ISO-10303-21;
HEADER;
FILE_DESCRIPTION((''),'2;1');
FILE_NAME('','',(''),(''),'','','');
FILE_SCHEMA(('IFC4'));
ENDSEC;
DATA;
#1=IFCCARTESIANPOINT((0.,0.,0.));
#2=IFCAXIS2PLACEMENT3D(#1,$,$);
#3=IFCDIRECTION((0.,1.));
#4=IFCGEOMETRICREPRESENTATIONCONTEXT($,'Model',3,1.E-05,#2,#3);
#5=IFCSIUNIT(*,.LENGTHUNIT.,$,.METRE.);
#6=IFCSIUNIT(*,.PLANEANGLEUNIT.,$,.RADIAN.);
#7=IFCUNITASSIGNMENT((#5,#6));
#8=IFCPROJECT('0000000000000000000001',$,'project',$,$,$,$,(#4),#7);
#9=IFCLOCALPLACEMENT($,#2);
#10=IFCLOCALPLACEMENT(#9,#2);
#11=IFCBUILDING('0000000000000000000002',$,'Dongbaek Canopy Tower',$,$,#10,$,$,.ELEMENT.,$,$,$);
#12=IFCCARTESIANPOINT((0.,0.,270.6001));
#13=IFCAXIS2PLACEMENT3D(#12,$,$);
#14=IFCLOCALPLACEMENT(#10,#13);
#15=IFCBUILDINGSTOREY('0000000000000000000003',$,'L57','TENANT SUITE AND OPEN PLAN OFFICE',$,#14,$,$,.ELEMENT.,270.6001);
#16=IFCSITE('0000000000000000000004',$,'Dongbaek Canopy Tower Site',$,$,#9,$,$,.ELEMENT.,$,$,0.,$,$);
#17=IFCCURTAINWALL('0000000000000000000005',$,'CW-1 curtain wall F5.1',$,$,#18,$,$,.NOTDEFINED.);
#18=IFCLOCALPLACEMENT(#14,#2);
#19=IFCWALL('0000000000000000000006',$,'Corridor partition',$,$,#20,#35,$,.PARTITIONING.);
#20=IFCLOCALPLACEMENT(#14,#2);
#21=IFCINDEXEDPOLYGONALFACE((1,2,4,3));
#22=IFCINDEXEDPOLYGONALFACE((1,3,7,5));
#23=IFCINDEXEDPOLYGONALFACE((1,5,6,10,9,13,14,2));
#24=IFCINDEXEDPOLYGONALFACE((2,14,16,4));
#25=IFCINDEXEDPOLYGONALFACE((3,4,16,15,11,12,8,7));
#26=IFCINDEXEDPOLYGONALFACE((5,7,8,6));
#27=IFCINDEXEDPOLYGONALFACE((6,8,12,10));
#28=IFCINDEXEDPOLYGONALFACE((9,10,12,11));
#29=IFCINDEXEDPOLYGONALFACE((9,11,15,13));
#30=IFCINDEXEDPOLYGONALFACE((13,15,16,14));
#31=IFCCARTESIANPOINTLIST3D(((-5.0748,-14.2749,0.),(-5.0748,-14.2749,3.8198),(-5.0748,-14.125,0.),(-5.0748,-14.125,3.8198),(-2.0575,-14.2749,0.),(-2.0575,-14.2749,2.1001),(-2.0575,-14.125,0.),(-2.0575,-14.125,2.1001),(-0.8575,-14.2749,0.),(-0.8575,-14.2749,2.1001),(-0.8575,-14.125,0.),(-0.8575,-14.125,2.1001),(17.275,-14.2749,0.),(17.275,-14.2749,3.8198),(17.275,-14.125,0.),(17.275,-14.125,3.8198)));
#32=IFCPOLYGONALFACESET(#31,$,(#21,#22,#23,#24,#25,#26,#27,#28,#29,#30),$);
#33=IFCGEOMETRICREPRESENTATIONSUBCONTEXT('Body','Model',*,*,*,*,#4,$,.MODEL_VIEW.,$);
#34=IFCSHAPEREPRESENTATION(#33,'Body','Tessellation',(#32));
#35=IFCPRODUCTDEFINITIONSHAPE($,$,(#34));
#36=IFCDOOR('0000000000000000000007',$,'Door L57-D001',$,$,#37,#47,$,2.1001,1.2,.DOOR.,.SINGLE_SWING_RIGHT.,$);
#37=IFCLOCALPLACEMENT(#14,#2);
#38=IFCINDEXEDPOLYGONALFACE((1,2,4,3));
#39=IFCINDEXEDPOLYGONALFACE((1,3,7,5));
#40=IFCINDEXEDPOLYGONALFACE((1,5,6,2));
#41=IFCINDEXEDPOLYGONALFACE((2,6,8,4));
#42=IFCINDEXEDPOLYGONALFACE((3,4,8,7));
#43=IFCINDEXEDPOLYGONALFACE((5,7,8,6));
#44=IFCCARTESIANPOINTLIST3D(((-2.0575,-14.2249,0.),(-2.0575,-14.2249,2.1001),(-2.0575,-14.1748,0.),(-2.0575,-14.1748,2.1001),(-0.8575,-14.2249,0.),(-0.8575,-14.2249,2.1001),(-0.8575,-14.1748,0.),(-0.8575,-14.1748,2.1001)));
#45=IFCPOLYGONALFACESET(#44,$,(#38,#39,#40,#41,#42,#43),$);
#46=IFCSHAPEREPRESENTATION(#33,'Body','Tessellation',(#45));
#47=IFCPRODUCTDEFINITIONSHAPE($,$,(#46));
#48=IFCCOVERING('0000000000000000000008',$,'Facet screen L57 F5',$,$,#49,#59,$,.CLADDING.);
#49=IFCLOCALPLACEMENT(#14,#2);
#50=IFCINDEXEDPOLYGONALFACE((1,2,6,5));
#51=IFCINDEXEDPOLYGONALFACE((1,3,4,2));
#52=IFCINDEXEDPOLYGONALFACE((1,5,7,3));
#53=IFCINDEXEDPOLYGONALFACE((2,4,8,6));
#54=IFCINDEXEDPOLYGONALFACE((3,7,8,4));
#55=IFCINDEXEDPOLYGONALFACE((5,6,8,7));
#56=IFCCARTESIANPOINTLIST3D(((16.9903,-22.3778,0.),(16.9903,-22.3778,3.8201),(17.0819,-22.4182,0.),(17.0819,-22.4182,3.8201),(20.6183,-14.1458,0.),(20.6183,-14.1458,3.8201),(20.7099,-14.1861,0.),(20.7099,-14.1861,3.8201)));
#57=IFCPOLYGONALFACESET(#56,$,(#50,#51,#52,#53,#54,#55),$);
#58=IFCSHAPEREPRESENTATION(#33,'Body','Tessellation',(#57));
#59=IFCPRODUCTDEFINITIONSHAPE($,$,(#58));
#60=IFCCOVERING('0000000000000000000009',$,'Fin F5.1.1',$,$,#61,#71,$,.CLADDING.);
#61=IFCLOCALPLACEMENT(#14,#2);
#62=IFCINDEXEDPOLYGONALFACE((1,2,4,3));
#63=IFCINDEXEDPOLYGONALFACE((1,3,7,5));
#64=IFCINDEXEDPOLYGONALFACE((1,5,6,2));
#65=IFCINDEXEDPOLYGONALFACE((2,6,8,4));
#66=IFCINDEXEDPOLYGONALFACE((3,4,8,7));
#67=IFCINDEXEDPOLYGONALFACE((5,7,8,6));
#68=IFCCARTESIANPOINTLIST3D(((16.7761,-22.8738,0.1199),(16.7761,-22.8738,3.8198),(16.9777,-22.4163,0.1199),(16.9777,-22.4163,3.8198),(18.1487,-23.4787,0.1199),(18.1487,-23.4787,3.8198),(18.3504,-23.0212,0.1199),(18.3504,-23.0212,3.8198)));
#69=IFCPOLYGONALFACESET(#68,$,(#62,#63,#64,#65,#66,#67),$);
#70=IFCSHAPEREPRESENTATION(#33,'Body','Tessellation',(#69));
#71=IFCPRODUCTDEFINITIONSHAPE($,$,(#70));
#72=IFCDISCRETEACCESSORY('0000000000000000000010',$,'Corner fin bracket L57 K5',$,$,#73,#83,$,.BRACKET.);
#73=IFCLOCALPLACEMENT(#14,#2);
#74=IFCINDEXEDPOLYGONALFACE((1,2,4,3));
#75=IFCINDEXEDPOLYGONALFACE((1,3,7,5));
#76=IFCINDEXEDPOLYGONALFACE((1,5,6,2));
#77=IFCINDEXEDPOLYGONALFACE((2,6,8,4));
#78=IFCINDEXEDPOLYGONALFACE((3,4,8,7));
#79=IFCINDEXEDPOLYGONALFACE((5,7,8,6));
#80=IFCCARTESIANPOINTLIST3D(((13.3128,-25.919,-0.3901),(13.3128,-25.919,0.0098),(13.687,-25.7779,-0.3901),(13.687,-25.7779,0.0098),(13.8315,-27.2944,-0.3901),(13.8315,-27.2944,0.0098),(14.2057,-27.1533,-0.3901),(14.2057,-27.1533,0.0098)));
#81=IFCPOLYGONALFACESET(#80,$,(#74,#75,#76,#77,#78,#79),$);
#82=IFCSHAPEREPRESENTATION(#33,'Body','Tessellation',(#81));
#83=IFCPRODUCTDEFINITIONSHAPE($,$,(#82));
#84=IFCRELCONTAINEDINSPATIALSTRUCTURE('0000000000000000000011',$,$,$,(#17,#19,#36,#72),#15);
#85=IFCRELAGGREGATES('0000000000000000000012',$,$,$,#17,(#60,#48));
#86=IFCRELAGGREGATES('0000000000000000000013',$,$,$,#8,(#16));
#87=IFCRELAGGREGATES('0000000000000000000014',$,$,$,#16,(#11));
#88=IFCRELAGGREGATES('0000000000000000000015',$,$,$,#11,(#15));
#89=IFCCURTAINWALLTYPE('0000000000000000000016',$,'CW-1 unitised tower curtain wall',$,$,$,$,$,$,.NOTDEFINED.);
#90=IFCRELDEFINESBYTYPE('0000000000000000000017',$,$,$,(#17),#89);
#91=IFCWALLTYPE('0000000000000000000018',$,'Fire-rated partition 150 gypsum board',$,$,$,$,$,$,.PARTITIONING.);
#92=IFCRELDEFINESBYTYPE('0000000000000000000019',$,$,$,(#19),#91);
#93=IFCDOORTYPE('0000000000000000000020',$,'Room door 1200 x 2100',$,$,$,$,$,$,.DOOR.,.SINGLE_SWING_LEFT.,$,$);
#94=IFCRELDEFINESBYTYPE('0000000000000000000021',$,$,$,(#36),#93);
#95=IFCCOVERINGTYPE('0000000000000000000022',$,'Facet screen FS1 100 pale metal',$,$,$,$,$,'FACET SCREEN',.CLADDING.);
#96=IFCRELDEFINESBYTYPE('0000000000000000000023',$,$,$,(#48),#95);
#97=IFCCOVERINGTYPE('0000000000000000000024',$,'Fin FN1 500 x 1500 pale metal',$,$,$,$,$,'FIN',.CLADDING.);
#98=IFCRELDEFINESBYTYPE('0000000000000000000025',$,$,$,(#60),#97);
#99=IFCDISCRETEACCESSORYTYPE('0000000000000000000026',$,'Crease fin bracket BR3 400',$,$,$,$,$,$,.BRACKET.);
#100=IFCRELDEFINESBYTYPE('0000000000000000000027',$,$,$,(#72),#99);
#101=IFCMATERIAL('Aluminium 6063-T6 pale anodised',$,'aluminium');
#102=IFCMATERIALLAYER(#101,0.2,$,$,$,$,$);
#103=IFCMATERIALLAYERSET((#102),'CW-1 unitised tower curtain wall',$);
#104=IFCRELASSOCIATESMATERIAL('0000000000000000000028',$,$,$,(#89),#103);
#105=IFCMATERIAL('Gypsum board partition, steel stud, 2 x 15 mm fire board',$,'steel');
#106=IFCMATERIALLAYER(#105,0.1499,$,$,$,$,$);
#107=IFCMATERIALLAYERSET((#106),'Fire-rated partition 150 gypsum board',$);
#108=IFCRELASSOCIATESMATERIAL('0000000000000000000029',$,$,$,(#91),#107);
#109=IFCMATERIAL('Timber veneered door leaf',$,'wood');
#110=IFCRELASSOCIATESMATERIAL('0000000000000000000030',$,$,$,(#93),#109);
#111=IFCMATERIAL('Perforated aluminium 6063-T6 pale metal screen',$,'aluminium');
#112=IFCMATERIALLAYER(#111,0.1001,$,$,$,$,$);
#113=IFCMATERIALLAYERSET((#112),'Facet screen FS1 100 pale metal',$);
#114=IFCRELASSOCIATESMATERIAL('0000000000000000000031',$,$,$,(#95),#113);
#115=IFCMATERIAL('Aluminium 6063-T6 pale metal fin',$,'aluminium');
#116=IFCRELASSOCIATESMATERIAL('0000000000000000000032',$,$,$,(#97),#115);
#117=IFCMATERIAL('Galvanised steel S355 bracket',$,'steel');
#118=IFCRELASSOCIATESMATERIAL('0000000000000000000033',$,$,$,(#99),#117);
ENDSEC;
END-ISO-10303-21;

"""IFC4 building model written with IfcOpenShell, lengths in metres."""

from ifc_helpers import new_model, si_unit, direction, frame, frame_2d, origin, origin_2d, place, context, subcontext, project, spatial, rectangle, extrude, material, layer, layer_set, material_profile, profile_set, type_object, element, fill, aggregate, save


model = new_model("IFC4")

# Units and contexts
model_context = context("Model", 3, precision=1e-05, world=origin(), true_north=direction((0.0, 1.0)))
body_context = subcontext(model_context, "Body", "Model", "MODEL_VIEW")
ifc_project = project(units=[si_unit("LENGTHUNIT", "METRE"), si_unit("PLANEANGLEUNIT", "RADIAN")], contexts=[model_context])

# Site, building, storey
site_placement = place(None, origin())
site = spatial("IfcSite", under=ifc_project, at=site_placement, Name="Dongbaek Canopy Tower Site", CompositionType="ELEMENT", RefElevation=0.0)
building_placement = place(site_placement, origin())
building = spatial("IfcBuilding", under=site, at=building_placement, Name="Dongbaek Canopy Tower", CompositionType="ELEMENT")
storey_placement = place(building_placement, frame((0.0, 0.0, 270.6001)))
storey = spatial("IfcBuildingStorey", under=building, at=storey_placement, Name="L57", Description="TENANT SUITE AND OPEN PLAN OFFICE", CompositionType="ELEMENT", Elevation=270.6001)

# Curtain wall
ifc_material_1 = material(Name="Aluminium 6063-T6 pale anodised", Category="aluminium")
ifc_layer_1 = layer(ifc_material_1, 0.2)
ifc_layer_set_1 = layer_set([ifc_layer_1], Name="CW-1 unitised tower curtain wall")
curtain_wall_type = type_object("IfcCurtainWallType", Name="CW-1 unitised tower curtain wall", PredefinedType="NOTDEFINED", material=ifc_layer_set_1)
curtain_wall_1_placement = place(storey_placement, origin())
curtain_wall_1 = element("IfcCurtainWall", 1, at=curtain_wall_1_placement, inside=storey, type_object=curtain_wall_type, Name="CW-1 curtain wall F5.1", PredefinedType="NOTDEFINED")

# Wall, opening, door
ifc_material_2 = material(Name="Gypsum board partition, steel stud, 2 x 15 mm fire board", Category="steel")
ifc_layer_2 = layer(ifc_material_2, 0.1499)
ifc_layer_set_2 = layer_set([ifc_layer_2], Name="Fire-rated partition 150 gypsum board")
wall_type_1 = type_object("IfcWallType", Name="Fire-rated partition 150 gypsum board", PredefinedType="PARTITIONING", material=ifc_layer_set_2)
wall_1_placement = place(storey_placement, frame((17.2749, -14.2, 0.0), z_axis=(0.0, 0.0, 1.0), x_axis=(-1.0, 0.0, 0.0)))
wall_1 = element("IfcWall", 2, at=wall_1_placement, inside=storey, type_object=wall_type_1, Name="Corridor partition", PredefinedType="PARTITIONING", context=body_context, shape_type="SweptSolid", body=[
    extrude(rectangle(XDim=22.3499, YDim=0.1499, at=frame_2d((11.1748, 0.0))), origin(), (0.0, 0.0, 1.0), 3.8198),
])
opening_1_placement = place(wall_1_placement, frame((18.1323, 0.0, 0.0)))
opening_1 = element("IfcOpeningElement", 3, at=opening_1_placement, cuts=wall_1, PredefinedType="OPENING", context=body_context, shape_type="SweptSolid", body=[
    extrude(rectangle(XDim=1.2, YDim=2.1001, at=frame_2d((0.6001, 1.05))), frame((0.0, 0.085, 0.0), z_axis=(0.0, -1.0, 0.0), x_axis=(1.0, 0.0, 0.0)), (0.0, 0.0, 1.0), 0.1699),
])
ifc_material_3 = material(Name="Timber veneered door leaf", Category="wood")
door_type_1 = type_object("IfcDoorType", Name="Room door 1200 x 2100", OperationType="SINGLE_SWING_LEFT", PredefinedType="DOOR", material=ifc_material_3)
door_1_placement = place(opening_1_placement, origin())
door_1 = element("IfcDoor", 4, at=door_1_placement, inside=storey, type_object=door_type_1, Name="Door L57-D001", OperationType="SINGLE_SWING_RIGHT", OverallHeight=2.1001, OverallWidth=1.2, PredefinedType="DOOR", context=body_context, shape_type="SweptSolid", body=[
    extrude(rectangle(XDim=1.2, YDim=2.1001, at=frame_2d((0.6001, 1.05))), frame((0.0, 0.0249, 0.0), z_axis=(0.0, -1.0, 0.0), x_axis=(1.0, 0.0, 0.0)), (0.0, 0.0, 1.0), 0.05),
])
fill(opening_1, door_1)

# Coverings
ifc_material_4 = material(Name="Perforated aluminium 6063-T6 pale metal screen", Category="aluminium")
ifc_layer_3 = layer(ifc_material_4, 0.1001)
ifc_layer_set_3 = layer_set([ifc_layer_3], Name="Facet screen FS1 100 pale metal")
covering_type_1 = type_object("IfcCoveringType", Name="Facet screen FS1 100 pale metal", ElementType="FACET SCREEN", PredefinedType="CLADDING", material=ifc_layer_set_3)
covering_1_placement = place(storey_placement, frame((18.8501, -18.282, 0.0), z_axis=(0.0, 0.0, 1.0), x_axis=(0.403288, 0.915073, 0.0)))
covering_1 = element("IfcCovering", 5, at=covering_1_placement, type_object=covering_type_1, Name="Facet screen L57 F5", PredefinedType="CLADDING", context=body_context, shape_type="SweptSolid", body=[
    extrude(rectangle(XDim=8.9961, YDim=0.1001, at=origin_2d()), origin(), (0.0, 0.0, 1.0), 3.8201),
])
ifc_material_5 = material(Name="Aluminium 6063-T6 pale metal fin", Category="aluminium")
ifc_material_profile_1 = material_profile(ifc_material_5, rectangle(XDim=1.5, YDim=0.5, at=origin_2d()), Name="Fin FN1 500 x 1500 pale metal")
ifc_profile_set_1 = profile_set([ifc_material_profile_1], Name="Aluminium 6063-T6 pale metal fin")
covering_type_2 = type_object("IfcCoveringType", Name="Fin FN1 500 x 1500 pale metal", ElementType="FIN", PredefinedType="CLADDING", material=ifc_profile_set_1)
covering_2_placement = place(storey_placement, frame((17.5632, -22.9475, 0.1199), z_axis=(0.0, 0.0, 1.0), x_axis=(0.915073, -0.403288, 0.0)))
covering_2 = element("IfcCovering", 6, at=covering_2_placement, type_object=covering_type_2, Name="Fin F5.1.1", PredefinedType="CLADDING", context=body_context, shape_type="SweptSolid", body=[
    extrude(rectangle(XDim=1.5, YDim=0.5, at=origin_2d()), origin(), (0.0, 0.0, 1.0), 3.7),
])
aggregate(curtain_wall_1, [covering_2, covering_1])

# Discrete accessory
ifc_material_6 = material(Name="Galvanised steel S355 bracket", Category="steel")
discrete_accessory_type = type_object("IfcDiscreteAccessoryType", Name="Crease fin bracket BR3 400", PredefinedType="BRACKET", material=ifc_material_6)
discrete_accessory_placement = place(storey_placement, frame((13.7593, -26.5361, -0.3901), z_axis=(0.0, 0.0, 1.0), x_axis=(0.352874, -0.935671, 0.0)))
element("IfcDiscreteAccessory", 7, at=discrete_accessory_placement, inside=storey, type_object=discrete_accessory_type, Name="Corner fin bracket L57 K5", PredefinedType="BRACKET", context=body_context, shape_type="SweptSolid", body=[
    extrude(rectangle(XDim=1.47, YDim=0.3999, at=origin_2d()), origin(), (0.0, 0.0, 1.0), 0.3999),
])

save(model, "model.ifc")
